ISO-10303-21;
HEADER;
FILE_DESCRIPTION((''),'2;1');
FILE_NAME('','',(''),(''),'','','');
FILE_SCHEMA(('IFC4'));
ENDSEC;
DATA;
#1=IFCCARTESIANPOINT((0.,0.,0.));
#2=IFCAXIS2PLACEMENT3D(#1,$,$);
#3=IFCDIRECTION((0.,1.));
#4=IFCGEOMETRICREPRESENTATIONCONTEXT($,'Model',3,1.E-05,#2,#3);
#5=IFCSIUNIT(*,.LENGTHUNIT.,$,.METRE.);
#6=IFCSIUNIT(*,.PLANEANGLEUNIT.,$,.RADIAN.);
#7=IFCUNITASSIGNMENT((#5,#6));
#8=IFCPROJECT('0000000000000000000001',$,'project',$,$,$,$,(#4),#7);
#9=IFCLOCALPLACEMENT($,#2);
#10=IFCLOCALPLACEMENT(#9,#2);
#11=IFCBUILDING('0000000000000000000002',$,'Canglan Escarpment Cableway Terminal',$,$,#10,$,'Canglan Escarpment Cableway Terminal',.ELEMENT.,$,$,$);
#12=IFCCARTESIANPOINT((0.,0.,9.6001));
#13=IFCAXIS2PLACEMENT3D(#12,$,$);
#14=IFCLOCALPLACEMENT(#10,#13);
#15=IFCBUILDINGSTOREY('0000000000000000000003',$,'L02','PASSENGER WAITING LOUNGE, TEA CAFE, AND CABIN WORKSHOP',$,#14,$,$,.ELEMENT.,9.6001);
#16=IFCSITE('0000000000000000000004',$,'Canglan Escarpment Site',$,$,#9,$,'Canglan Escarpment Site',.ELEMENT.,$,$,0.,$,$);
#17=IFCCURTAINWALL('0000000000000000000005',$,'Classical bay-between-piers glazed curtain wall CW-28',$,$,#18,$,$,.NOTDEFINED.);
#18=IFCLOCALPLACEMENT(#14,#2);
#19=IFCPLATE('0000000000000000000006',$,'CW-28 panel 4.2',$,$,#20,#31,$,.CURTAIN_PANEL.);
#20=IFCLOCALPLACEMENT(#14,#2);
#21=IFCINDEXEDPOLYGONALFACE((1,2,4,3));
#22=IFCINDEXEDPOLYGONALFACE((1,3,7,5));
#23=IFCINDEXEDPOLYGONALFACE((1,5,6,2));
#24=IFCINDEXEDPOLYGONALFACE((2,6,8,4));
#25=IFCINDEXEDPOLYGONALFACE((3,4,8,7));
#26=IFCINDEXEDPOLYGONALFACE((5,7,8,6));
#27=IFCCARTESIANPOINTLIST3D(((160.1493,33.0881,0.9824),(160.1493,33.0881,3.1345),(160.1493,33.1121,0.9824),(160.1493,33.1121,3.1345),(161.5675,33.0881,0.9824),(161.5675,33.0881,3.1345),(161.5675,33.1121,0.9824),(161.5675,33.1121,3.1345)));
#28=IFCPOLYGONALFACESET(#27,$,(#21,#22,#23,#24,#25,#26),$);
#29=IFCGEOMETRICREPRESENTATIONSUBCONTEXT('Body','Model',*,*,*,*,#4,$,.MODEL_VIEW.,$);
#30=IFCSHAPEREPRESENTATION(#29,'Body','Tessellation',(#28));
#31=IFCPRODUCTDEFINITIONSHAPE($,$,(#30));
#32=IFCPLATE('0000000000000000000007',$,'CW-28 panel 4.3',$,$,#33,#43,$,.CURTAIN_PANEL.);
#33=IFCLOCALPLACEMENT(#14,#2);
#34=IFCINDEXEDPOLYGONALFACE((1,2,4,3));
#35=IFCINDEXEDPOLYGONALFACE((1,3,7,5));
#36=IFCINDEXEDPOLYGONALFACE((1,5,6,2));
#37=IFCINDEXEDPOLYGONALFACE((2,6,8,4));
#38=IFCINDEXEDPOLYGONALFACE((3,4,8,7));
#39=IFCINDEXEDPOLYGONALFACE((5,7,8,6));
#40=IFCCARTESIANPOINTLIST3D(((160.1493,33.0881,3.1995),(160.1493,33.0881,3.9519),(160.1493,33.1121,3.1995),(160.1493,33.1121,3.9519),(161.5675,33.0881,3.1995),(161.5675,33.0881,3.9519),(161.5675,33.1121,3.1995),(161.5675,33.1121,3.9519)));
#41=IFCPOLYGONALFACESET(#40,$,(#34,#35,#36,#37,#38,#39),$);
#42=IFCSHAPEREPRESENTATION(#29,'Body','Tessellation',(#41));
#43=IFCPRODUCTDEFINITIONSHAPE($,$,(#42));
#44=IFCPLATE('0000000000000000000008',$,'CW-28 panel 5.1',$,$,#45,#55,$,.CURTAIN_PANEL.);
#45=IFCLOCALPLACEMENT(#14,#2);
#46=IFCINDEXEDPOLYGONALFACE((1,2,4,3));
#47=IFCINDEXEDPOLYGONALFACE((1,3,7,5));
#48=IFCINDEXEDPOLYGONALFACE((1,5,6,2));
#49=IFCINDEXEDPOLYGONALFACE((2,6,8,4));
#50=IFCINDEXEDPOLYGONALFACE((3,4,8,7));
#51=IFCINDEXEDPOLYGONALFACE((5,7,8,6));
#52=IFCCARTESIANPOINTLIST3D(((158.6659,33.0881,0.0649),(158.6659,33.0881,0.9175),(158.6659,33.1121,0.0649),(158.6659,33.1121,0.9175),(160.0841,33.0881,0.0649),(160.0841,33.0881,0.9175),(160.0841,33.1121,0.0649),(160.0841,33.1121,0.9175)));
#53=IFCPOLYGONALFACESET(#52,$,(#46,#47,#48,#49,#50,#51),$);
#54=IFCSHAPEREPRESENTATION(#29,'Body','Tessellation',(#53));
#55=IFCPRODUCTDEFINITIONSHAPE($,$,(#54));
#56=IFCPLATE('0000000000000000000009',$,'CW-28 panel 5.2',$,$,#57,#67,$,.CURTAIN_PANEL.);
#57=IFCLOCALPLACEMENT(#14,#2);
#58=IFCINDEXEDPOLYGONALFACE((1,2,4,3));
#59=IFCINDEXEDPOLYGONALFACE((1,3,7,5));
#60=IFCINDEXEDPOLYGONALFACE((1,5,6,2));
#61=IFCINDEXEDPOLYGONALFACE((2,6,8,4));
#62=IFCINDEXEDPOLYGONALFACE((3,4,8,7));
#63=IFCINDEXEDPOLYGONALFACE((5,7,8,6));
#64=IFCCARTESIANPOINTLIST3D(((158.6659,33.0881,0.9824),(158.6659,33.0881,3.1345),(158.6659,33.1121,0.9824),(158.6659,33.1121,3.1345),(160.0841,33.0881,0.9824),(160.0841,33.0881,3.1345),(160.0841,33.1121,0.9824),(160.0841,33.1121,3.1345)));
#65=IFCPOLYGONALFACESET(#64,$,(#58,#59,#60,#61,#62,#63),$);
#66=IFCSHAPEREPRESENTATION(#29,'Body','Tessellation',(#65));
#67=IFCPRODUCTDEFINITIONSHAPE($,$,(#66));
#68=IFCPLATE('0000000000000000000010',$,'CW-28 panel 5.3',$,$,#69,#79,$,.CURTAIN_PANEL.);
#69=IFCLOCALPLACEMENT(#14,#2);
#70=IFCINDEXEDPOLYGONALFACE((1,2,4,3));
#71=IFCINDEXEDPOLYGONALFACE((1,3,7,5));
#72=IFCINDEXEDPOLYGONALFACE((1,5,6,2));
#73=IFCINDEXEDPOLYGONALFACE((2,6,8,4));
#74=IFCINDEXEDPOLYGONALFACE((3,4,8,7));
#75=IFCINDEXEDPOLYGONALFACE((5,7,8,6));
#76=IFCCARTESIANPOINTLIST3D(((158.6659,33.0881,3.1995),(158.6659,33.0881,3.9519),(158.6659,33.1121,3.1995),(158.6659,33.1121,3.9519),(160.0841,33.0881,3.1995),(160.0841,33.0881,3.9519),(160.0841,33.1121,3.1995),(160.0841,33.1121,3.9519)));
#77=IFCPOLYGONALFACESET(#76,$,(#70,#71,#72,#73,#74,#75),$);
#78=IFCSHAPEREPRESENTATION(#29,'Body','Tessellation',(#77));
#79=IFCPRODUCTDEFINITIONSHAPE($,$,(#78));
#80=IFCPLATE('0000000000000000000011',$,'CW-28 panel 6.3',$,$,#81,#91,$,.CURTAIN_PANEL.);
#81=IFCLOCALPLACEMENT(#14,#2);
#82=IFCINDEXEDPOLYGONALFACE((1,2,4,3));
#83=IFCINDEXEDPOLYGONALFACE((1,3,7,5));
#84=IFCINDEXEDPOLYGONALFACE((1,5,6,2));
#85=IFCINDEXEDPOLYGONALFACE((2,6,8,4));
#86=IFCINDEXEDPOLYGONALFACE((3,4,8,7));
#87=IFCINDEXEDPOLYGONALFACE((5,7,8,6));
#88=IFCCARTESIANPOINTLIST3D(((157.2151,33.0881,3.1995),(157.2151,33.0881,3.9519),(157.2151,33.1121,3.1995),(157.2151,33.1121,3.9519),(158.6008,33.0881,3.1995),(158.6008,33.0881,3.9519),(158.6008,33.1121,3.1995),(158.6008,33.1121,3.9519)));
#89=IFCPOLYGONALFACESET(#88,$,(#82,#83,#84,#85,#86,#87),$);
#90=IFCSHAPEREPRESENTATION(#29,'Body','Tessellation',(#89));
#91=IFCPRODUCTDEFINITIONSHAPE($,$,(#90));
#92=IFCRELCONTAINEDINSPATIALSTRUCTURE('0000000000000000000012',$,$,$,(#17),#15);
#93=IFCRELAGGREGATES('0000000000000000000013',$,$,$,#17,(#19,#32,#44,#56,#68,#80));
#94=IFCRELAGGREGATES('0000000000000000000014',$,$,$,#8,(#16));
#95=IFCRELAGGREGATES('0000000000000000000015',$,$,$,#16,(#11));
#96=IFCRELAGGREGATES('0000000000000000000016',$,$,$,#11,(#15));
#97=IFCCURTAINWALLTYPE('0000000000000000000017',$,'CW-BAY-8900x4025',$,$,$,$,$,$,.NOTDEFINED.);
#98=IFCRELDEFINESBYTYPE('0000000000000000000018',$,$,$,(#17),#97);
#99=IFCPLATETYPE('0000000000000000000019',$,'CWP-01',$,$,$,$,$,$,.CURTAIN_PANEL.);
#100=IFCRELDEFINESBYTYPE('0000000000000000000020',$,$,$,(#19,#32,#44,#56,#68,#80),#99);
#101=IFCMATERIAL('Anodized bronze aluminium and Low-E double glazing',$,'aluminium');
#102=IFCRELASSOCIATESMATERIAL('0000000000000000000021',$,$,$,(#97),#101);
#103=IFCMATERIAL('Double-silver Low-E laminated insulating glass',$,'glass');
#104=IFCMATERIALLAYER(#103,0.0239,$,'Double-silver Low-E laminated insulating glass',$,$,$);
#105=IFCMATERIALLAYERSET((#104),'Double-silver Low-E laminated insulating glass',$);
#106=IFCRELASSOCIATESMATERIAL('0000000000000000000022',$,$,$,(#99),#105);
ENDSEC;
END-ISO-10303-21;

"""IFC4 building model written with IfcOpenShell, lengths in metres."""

from ifc_helpers import new_model, si_unit, direction, frame, origin, origin_2d, place, context, subcontext, project, spatial, rectangle, extrude, material, layer, layer_set, type_object, element, aggregate, save


model = new_model("IFC4")

# Units and contexts
model_context = context("Model", 3, precision=1e-05, world=origin(), true_north=direction((0.0, 1.0)))
body_context = subcontext(model_context, "Body", "Model", "MODEL_VIEW")
ifc_project = project(units=[si_unit("LENGTHUNIT", "METRE"), si_unit("PLANEANGLEUNIT", "RADIAN")], contexts=[model_context])

# Site, building, storey
site_placement = place(None, origin())
site = spatial("IfcSite", under=ifc_project, at=site_placement, Name="Canglan Escarpment Site", LongName="Canglan Escarpment Site", CompositionType="ELEMENT", RefElevation=0.0)
building_placement = place(site_placement, origin())
building = spatial("IfcBuilding", under=site, at=building_placement, Name="Canglan Escarpment Cableway Terminal", LongName="Canglan Escarpment Cableway Terminal", CompositionType="ELEMENT")
storey_placement = place(building_placement, frame((0.0, 0.0, 9.6001)))
storey = spatial("IfcBuildingStorey", under=building, at=storey_placement, Name="L02", Description="PASSENGER WAITING LOUNGE, TEA CAFE, AND CABIN WORKSHOP", CompositionType="ELEMENT", Elevation=9.6001)

# Curtain wall, plates
ifc_material_1 = material(Name="Anodized bronze aluminium and Low-E double glazing", Category="aluminium")
curtain_wall_type = type_object("IfcCurtainWallType", Name="CW-BAY-8900x4025", PredefinedType="NOTDEFINED", material=ifc_material_1)
curtain_wall_placement = place(storey_placement, origin())
curtain_wall = element("IfcCurtainWall", 1, at=curtain_wall_placement, inside=storey, type_object=curtain_wall_type, Name="Classical bay-between-piers glazed curtain wall CW-28", PredefinedType="NOTDEFINED")
ifc_material_2 = material(Name="Double-silver Low-E laminated insulating glass", Category="glass")
ifc_layer = layer(ifc_material_2, 0.0239, Name="Double-silver Low-E laminated insulating glass")
ifc_layer_set = layer_set([ifc_layer], Name="Double-silver Low-E laminated insulating glass")
plate_type = type_object("IfcPlateType", Name="CWP-01", PredefinedType="CURTAIN_PANEL", material=ifc_layer_set)
plate_1_placement = place(storey_placement, frame((160.8584, 33.1001, 0.9824), z_axis=(0.0, 0.0, 1.0), x_axis=(-1.0, 0.0, 0.0)))
plate_1 = element("IfcPlate", 2, at=plate_1_placement, type_object=plate_type, Name="CW-28 panel 4.2", PredefinedType="CURTAIN_PANEL", context=body_context, shape_type="SweptSolid", body=[
    extrude(rectangle(XDim=1.4182, YDim=0.0239, at=origin_2d()), origin(), (0.0, 0.0, 1.0), 2.1521),
])
plate_2_placement = place(storey_placement, frame((160.8584, 33.1001, 3.1995), z_axis=(0.0, 0.0, 1.0), x_axis=(-1.0, 0.0, 0.0)))
plate_2 = element("IfcPlate", 3, at=plate_2_placement, type_object=plate_type, Name="CW-28 panel 4.3", PredefinedType="CURTAIN_PANEL", context=body_context, shape_type="SweptSolid", body=[
    extrude(rectangle(XDim=1.4182, YDim=0.0239, at=origin_2d()), origin(), (0.0, 0.0, 1.0), 0.7524),
])
plate_3_placement = place(storey_placement, frame((159.375, 33.1001, 0.0649), z_axis=(0.0, 0.0, 1.0), x_axis=(-1.0, 0.0, 0.0)))
plate_3 = element("IfcPlate", 4, at=plate_3_placement, type_object=plate_type, Name="CW-28 panel 5.1", PredefinedType="CURTAIN_PANEL", context=body_context, shape_type="SweptSolid", body=[
    extrude(rectangle(XDim=1.4182, YDim=0.0239, at=origin_2d()), origin(), (0.0, 0.0, 1.0), 0.8525),
])
plate_4_placement = place(storey_placement, frame((159.375, 33.1001, 0.9824), z_axis=(0.0, 0.0, 1.0), x_axis=(-1.0, 0.0, 0.0)))
plate_4 = element("IfcPlate", 5, at=plate_4_placement, type_object=plate_type, Name="CW-28 panel 5.2", PredefinedType="CURTAIN_PANEL", context=body_context, shape_type="SweptSolid", body=[
    extrude(rectangle(XDim=1.4182, YDim=0.0239, at=origin_2d()), origin(), (0.0, 0.0, 1.0), 2.1521),
])
plate_5_placement = place(storey_placement, frame((159.375, 33.1001, 3.1995), z_axis=(0.0, 0.0, 1.0), x_axis=(-1.0, 0.0, 0.0)))
plate_5 = element("IfcPlate", 6, at=plate_5_placement, type_object=plate_type, Name="CW-28 panel 5.3", PredefinedType="CURTAIN_PANEL", context=body_context, shape_type="SweptSolid", body=[
    extrude(rectangle(XDim=1.4182, YDim=0.0239, at=origin_2d()), origin(), (0.0, 0.0, 1.0), 0.7524),
])
plate_6_placement = place(storey_placement, frame((157.908, 33.1001, 3.1995), z_axis=(0.0, 0.0, 1.0), x_axis=(-1.0, 0.0, 0.0)))
plate_6 = element("IfcPlate", 7, at=plate_6_placement, type_object=plate_type, Name="CW-28 panel 6.3", PredefinedType="CURTAIN_PANEL", context=body_context, shape_type="SweptSolid", body=[
    extrude(rectangle(XDim=1.3857, YDim=0.0239, at=origin_2d()), origin(), (0.0, 0.0, 1.0), 0.7524),
])
aggregate(curtain_wall, [plate_1, plate_2, plate_3, plate_4, plate_5, plate_6])

save(model, "model.ifc")
